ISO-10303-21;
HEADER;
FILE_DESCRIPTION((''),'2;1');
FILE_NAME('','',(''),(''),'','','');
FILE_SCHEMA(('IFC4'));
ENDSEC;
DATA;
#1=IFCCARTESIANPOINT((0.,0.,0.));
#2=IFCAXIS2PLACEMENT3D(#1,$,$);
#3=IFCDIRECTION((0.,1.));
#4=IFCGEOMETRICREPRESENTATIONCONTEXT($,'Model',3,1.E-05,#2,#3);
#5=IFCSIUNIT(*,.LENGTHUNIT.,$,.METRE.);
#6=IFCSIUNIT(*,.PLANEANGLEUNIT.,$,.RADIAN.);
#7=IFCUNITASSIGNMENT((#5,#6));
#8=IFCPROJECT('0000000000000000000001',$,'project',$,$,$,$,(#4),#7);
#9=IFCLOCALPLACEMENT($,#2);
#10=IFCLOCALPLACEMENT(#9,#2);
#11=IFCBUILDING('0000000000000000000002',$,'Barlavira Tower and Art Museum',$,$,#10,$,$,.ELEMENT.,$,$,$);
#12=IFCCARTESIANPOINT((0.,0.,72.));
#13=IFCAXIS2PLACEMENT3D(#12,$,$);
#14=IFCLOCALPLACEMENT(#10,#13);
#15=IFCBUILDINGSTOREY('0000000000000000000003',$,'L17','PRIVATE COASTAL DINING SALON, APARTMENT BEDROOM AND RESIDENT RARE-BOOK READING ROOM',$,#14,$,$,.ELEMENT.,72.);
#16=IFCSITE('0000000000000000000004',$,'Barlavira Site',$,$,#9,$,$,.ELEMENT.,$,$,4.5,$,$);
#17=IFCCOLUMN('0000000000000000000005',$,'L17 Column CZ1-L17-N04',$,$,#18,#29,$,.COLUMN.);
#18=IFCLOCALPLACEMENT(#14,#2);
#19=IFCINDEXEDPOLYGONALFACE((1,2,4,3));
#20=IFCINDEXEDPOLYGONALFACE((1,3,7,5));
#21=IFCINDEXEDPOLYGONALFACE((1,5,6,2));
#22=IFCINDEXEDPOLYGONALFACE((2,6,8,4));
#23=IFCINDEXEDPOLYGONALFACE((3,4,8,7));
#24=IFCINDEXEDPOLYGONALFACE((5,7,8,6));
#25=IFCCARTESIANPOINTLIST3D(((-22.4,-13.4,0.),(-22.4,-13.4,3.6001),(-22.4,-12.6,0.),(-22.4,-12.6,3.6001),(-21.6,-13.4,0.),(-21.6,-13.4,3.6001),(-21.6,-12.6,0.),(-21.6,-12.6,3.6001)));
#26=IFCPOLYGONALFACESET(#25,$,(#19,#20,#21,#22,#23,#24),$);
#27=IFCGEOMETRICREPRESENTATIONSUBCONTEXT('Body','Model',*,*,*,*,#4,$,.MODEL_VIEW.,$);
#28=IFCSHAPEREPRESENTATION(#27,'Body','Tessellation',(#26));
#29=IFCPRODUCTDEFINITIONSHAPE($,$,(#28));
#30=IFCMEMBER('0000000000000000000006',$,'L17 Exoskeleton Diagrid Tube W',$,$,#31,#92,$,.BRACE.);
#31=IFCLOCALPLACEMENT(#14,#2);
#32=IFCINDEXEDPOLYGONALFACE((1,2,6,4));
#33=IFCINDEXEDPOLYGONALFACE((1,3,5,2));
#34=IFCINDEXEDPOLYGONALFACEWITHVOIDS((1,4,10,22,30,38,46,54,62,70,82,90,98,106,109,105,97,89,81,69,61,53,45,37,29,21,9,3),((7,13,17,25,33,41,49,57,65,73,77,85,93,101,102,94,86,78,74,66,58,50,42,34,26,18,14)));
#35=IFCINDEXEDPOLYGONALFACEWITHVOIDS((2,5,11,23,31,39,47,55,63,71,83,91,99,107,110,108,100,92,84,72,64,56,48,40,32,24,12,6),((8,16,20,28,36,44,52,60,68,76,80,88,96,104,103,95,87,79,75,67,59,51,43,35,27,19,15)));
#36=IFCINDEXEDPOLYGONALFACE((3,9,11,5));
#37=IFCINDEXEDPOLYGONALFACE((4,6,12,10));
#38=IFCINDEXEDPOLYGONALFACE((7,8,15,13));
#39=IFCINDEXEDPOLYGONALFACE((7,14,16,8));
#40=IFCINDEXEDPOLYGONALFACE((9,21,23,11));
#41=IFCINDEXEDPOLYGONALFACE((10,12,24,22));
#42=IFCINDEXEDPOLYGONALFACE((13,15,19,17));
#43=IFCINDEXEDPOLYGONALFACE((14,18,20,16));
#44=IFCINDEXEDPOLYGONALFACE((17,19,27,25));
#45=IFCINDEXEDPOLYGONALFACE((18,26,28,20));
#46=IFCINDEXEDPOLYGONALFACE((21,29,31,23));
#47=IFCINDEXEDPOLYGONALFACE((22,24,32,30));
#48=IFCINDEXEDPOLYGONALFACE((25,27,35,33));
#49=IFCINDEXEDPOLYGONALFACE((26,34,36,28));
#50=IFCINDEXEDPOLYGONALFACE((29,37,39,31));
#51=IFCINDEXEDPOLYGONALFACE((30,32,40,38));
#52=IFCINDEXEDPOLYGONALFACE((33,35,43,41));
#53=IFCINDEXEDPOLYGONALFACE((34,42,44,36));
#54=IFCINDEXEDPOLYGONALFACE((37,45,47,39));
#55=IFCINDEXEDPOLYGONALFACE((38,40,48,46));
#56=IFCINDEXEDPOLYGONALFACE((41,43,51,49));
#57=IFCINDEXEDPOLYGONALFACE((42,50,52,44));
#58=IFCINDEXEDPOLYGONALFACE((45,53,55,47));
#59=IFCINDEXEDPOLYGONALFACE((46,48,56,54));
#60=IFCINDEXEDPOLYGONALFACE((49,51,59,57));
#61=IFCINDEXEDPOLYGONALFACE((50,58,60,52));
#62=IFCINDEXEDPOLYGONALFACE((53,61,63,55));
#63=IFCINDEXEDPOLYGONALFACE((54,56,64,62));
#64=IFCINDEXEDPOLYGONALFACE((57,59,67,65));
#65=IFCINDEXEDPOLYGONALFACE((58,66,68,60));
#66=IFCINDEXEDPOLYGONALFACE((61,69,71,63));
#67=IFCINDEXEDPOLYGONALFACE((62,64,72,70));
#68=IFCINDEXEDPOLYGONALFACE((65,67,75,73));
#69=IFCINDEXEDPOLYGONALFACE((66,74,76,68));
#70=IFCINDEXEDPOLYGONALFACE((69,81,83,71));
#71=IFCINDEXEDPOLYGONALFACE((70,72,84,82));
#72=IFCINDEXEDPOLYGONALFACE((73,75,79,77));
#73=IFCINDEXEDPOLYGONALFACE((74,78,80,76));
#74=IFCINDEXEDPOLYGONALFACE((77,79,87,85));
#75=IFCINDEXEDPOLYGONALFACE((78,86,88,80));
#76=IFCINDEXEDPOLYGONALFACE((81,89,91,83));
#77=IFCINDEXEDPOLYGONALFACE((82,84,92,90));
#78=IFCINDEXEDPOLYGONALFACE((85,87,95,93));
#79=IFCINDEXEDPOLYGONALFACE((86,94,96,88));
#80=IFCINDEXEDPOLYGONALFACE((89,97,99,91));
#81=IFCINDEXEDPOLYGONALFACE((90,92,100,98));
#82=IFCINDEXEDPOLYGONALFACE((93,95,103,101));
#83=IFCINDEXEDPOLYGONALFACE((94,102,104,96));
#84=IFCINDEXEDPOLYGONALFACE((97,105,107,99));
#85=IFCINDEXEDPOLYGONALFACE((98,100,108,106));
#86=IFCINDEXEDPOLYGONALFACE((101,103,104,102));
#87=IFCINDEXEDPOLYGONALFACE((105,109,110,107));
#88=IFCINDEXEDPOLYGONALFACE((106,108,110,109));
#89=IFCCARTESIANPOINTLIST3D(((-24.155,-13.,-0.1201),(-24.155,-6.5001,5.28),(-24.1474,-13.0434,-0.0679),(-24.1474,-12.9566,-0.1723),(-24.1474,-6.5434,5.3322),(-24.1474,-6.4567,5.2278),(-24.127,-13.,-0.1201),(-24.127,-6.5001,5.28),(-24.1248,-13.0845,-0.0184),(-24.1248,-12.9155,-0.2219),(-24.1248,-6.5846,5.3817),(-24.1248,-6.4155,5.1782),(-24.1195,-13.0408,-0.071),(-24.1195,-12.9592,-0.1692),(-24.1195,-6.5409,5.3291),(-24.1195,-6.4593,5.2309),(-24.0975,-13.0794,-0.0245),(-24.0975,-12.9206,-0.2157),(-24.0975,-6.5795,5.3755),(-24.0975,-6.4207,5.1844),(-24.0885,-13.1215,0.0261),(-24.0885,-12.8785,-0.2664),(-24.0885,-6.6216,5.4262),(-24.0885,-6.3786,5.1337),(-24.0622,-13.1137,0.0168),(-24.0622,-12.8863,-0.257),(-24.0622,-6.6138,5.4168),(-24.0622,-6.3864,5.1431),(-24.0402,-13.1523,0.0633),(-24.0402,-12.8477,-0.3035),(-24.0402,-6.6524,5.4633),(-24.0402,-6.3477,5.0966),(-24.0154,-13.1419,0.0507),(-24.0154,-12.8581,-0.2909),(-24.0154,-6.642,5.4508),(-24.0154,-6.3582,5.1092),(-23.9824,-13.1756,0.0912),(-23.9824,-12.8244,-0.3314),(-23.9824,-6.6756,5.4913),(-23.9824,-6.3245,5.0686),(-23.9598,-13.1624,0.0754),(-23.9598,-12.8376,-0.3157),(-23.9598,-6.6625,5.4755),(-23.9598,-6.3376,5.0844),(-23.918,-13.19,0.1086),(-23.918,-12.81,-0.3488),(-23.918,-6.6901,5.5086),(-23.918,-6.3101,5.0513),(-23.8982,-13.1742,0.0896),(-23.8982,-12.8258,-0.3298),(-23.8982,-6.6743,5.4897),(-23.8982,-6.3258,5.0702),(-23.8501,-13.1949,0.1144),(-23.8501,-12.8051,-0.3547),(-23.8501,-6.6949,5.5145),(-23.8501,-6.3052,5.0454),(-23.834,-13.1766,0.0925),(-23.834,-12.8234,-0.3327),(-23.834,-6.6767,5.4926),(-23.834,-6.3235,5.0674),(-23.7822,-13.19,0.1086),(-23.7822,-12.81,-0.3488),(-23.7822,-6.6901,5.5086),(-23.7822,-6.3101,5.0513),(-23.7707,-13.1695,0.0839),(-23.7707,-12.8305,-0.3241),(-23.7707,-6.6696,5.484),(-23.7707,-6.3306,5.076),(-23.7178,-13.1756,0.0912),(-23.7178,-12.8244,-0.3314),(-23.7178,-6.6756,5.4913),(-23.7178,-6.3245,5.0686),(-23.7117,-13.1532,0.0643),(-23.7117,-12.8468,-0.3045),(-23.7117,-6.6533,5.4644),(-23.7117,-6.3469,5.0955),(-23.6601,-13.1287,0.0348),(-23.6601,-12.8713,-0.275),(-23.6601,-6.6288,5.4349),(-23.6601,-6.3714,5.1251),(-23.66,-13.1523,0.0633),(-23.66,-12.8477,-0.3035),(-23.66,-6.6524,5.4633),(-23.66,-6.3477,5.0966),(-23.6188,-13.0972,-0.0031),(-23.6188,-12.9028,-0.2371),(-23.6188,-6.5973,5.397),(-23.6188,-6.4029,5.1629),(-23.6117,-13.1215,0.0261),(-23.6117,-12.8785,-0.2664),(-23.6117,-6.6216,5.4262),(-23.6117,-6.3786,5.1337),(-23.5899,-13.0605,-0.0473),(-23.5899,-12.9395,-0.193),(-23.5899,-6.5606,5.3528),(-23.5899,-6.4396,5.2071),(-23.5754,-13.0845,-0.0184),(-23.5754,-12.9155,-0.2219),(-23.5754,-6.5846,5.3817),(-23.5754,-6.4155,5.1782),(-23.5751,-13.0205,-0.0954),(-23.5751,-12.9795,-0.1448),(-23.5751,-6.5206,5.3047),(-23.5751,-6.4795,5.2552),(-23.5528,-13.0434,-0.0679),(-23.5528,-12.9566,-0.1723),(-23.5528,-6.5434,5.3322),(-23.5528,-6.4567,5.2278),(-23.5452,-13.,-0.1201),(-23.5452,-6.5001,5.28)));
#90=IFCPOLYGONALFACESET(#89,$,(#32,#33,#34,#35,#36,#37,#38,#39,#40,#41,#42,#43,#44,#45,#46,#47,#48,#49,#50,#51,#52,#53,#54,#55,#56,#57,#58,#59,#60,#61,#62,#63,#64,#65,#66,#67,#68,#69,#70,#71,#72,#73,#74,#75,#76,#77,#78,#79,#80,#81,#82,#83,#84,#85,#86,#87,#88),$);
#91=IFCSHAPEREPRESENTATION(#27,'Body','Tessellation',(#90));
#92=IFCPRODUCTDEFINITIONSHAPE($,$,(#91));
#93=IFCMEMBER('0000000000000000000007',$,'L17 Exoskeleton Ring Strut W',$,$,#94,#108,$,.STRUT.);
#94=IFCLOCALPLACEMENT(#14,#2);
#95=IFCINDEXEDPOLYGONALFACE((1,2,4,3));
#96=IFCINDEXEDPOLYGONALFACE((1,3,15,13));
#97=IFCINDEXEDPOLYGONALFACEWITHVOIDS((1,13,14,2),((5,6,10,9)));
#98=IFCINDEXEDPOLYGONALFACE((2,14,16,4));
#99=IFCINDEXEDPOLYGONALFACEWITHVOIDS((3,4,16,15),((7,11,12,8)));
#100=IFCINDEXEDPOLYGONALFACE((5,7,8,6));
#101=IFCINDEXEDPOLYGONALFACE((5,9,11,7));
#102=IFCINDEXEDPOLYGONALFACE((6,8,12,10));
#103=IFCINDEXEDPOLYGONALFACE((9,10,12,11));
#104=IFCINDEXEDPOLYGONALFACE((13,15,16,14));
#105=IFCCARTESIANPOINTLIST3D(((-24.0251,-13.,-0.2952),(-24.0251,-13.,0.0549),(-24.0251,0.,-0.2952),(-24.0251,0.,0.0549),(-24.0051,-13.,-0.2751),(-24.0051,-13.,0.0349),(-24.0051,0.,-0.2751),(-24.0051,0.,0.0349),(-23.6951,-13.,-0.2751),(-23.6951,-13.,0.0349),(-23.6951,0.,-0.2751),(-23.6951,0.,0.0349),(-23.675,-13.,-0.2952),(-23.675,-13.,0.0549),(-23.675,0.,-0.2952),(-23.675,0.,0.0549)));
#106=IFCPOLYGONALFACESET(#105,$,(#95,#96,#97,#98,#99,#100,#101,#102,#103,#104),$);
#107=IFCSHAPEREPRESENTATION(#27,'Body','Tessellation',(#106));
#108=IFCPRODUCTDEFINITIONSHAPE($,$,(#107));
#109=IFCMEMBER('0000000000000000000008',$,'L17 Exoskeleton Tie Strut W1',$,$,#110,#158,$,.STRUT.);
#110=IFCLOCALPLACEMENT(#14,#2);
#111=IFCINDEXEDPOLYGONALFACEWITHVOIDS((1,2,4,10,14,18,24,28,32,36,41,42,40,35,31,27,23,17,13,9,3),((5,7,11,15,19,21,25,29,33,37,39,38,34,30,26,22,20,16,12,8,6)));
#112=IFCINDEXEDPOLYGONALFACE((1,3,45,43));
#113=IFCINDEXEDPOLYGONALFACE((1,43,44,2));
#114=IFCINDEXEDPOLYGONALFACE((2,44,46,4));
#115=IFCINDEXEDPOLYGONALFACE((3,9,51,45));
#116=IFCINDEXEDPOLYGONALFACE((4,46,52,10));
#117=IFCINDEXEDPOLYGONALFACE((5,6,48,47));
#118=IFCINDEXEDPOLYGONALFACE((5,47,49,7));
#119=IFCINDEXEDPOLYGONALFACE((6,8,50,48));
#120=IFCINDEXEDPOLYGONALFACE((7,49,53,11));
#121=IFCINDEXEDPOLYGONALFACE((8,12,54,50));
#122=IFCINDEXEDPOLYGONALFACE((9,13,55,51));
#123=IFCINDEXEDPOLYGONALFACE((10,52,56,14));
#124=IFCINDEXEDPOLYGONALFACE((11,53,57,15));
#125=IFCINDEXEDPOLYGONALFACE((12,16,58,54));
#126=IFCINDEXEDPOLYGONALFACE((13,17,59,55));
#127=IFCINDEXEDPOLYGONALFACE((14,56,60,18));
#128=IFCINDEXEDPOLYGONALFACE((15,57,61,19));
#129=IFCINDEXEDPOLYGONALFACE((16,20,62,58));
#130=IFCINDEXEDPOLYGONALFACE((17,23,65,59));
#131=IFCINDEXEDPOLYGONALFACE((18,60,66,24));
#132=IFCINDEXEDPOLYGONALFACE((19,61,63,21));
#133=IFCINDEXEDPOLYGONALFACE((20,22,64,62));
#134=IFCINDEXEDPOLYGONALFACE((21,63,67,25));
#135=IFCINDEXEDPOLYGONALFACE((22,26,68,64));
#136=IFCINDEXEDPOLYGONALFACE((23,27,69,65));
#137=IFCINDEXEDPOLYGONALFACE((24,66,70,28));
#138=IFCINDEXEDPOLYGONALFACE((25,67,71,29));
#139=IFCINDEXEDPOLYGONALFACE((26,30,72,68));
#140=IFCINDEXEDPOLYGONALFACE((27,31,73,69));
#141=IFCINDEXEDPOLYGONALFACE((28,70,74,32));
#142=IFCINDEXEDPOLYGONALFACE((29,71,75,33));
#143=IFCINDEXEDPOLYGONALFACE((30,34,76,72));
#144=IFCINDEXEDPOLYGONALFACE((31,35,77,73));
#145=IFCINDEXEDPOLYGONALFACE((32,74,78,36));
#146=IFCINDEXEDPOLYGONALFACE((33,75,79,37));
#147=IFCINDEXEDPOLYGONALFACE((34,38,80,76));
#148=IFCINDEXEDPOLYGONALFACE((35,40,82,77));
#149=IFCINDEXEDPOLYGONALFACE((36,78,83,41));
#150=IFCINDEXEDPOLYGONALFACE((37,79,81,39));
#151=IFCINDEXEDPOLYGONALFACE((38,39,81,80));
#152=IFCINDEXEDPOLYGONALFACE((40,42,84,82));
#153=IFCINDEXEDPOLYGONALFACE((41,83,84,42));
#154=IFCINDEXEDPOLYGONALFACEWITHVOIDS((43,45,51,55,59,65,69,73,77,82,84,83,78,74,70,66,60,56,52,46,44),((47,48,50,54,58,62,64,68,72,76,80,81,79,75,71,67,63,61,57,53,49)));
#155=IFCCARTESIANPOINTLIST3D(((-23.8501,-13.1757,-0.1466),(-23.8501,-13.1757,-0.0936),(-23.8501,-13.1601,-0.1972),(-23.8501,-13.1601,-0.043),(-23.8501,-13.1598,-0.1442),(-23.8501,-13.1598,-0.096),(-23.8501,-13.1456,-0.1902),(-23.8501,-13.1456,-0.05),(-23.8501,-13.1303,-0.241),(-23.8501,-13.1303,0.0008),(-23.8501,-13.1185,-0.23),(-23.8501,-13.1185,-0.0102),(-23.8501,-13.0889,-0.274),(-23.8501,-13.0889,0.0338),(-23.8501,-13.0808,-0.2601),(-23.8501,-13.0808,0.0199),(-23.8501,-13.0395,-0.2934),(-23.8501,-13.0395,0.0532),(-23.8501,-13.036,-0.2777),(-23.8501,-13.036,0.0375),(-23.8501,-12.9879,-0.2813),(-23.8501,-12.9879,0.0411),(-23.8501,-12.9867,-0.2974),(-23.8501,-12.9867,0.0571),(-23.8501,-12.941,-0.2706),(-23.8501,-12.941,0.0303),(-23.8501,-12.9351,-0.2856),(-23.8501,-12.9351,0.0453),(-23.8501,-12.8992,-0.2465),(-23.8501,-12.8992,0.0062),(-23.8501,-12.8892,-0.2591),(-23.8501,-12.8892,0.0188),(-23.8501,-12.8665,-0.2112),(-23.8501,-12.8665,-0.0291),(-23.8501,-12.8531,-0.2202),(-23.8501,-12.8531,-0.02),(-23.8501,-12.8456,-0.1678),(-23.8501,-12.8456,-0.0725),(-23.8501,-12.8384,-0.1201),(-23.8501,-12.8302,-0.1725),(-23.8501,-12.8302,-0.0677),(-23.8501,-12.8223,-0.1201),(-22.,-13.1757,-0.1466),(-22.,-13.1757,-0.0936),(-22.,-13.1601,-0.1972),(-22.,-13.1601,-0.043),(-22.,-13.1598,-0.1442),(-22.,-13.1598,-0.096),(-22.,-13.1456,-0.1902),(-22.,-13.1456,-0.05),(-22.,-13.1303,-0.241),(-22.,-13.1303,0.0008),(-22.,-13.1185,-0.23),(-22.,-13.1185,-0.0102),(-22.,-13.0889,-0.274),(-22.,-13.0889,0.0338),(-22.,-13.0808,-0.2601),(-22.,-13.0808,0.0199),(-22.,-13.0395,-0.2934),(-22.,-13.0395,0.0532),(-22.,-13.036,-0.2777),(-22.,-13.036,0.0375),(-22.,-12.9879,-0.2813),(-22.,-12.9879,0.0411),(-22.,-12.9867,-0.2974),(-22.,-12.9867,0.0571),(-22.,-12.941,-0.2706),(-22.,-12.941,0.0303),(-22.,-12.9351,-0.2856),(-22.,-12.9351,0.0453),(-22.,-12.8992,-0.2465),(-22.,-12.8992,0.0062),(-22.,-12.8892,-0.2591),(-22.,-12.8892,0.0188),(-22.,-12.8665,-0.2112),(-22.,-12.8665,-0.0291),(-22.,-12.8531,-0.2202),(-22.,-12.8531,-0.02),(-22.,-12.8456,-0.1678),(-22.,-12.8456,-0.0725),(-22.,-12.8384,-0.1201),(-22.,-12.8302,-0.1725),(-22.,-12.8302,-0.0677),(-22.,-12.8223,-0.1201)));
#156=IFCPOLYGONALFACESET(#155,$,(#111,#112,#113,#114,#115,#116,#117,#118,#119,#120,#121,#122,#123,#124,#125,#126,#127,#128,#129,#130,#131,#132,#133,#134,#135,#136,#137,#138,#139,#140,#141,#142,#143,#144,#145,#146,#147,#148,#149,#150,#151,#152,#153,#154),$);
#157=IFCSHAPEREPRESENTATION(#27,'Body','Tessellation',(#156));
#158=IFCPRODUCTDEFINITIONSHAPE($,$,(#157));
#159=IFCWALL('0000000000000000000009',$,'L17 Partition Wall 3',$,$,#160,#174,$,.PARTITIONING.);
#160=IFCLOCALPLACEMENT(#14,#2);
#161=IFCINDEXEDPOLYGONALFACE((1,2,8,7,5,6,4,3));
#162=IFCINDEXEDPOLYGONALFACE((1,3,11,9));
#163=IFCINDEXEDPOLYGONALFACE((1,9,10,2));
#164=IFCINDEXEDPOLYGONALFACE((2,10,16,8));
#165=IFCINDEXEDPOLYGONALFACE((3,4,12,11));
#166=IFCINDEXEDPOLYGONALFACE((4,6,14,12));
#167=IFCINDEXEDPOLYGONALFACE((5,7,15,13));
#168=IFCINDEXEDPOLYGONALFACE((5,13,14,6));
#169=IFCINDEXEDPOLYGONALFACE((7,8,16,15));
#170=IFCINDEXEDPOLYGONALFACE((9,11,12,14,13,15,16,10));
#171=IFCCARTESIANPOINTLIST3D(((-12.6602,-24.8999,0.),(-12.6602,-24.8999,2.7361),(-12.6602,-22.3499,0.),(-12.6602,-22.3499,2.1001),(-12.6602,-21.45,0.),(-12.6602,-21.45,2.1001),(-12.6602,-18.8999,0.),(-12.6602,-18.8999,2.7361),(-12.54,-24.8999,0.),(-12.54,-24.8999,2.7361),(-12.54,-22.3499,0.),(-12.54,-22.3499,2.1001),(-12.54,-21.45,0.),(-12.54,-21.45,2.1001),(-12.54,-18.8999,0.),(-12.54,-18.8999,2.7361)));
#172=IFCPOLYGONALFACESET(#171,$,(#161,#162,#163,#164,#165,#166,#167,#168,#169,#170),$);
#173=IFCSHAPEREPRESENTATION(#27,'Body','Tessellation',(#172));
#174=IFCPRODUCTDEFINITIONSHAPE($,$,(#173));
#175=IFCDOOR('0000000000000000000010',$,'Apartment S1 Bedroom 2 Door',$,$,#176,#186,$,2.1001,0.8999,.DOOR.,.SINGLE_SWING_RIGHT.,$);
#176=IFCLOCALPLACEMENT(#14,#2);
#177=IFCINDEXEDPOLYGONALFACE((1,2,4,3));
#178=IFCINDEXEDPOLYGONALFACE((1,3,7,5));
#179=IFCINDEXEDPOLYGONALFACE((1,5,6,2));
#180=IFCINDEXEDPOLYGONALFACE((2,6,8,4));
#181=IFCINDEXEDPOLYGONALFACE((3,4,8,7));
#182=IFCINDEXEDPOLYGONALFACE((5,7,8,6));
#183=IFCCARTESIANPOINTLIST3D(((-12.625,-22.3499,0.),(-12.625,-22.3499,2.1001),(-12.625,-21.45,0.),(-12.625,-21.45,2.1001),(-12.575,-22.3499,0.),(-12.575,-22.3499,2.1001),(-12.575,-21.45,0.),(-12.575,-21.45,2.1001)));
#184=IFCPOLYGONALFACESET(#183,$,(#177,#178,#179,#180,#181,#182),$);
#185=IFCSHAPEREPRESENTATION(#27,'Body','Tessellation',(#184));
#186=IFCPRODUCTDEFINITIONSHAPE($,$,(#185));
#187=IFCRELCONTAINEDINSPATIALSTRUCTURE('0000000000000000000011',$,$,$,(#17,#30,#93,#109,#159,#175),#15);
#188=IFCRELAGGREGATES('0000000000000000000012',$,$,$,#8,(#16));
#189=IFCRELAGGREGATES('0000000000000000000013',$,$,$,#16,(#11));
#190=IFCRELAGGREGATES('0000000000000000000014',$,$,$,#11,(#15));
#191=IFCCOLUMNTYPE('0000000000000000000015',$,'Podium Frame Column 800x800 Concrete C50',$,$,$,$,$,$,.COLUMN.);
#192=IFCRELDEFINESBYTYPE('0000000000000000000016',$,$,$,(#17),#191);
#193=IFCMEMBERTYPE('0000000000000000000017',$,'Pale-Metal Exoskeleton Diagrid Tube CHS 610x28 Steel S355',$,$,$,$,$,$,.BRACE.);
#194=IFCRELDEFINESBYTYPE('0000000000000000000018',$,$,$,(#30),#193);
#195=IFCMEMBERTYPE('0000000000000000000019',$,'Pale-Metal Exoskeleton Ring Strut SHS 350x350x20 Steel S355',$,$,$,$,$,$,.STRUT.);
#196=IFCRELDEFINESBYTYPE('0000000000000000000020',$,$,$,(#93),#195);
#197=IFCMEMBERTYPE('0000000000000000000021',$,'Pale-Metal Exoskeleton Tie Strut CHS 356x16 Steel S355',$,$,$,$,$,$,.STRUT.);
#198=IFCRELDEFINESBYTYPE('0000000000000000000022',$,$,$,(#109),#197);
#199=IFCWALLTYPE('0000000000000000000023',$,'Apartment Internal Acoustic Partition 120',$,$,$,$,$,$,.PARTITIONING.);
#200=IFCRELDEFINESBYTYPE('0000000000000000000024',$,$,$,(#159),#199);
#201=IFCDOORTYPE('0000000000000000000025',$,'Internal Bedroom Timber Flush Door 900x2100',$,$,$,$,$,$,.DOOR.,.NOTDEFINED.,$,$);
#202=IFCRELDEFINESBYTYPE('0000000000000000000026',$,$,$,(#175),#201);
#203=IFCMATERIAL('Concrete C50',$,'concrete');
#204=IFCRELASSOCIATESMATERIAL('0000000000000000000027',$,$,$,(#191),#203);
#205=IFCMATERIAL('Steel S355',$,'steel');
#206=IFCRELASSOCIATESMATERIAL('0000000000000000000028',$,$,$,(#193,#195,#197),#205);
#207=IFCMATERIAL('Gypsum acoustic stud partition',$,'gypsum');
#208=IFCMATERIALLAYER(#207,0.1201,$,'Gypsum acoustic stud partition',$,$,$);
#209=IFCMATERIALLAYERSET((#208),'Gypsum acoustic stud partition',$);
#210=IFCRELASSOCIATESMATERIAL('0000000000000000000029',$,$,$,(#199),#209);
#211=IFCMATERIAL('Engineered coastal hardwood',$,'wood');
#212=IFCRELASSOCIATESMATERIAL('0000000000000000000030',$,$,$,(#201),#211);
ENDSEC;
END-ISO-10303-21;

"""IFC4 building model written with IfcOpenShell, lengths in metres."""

from ifc_helpers import new_model, si_unit, direction, frame, frame_2d, origin, origin_2d, place, context, subcontext, project, spatial, rectangle, hollow_rectangle, hollow_circle, extrude, material, layer, layer_set, material_profile, profile_set, type_object, element, fill, save


model = new_model("IFC4")

# Units and contexts
model_context = context("Model", 3, precision=1e-05, world=origin(), true_north=direction((0.0, 1.0)))
body_context = subcontext(model_context, "Body", "Model", "MODEL_VIEW")
ifc_project = project(units=[si_unit("LENGTHUNIT", "METRE"), si_unit("PLANEANGLEUNIT", "RADIAN")], contexts=[model_context])

# Site, building, storey
site_placement = place(None, origin())
site = spatial("IfcSite", under=ifc_project, at=site_placement, Name="Barlavira Site", CompositionType="ELEMENT", RefElevation=4.5)
building_placement = place(site_placement, origin())
building = spatial("IfcBuilding", under=site, at=building_placement, Name="Barlavira Tower and Art Museum", CompositionType="ELEMENT")
storey_placement = place(building_placement, frame((0.0, 0.0, 72.0)))
storey = spatial("IfcBuildingStorey", under=building, at=storey_placement, Name="L17", Description="PRIVATE COASTAL DINING SALON, APARTMENT BEDROOM AND RESIDENT RARE-BOOK READING ROOM", CompositionType="ELEMENT", Elevation=72.0)

# Column
ifc_material_1 = material(Name="Concrete C50", Category="concrete")
ifc_material_profile_1 = material_profile(ifc_material_1, rectangle(XDim=0.8, YDim=0.8, at=origin_2d()), Name="RC-COL 800x800")
ifc_profile_set_1 = profile_set([ifc_material_profile_1], Name="Concrete C50")
column_type = type_object("IfcColumnType", Name="Podium Frame Column 800x800 Concrete C50", PredefinedType="COLUMN", material=ifc_profile_set_1)
column_placement = place(storey_placement, frame((-22.0, -13.0, 0.0), z_axis=(0.0, 0.0, 1.0), x_axis=(1.0, 0.0, 0.0)))
element("IfcColumn", 1, at=column_placement, inside=storey, type_object=column_type, Name="L17 Column CZ1-L17-N04", PredefinedType="COLUMN", context=body_context, shape_type="SweptSolid", body=[
    extrude(rectangle(XDim=0.8, YDim=0.8, at=origin_2d()), origin(), (0.0, 0.0, 1.0), 3.6001),
])

# Members
ifc_material_2 = material(Name="Steel S355", Category="steel")
ifc_material_profile_2 = material_profile(ifc_material_2, hollow_circle(Radius=0.3049, WallThickness=0.0281, at=origin_2d()), Name="CHS 610.0x28.0")
ifc_profile_set_2 = profile_set([ifc_material_profile_2], Name="Steel S355")
member_type_1 = type_object("IfcMemberType", Name="Pale-Metal Exoskeleton Diagrid Tube CHS 610x28 Steel S355", PredefinedType="BRACE", material=ifc_profile_set_2)
member_1_placement = place(storey_placement, frame((-23.8501, -13.0, -0.1201), z_axis=(0.0, 0.769182, 0.63903), x_axis=(-1.0, 0.0, 0.0)))
element("IfcMember", 2, at=member_1_placement, inside=storey, type_object=member_type_1, Name="L17 Exoskeleton Diagrid Tube W", PredefinedType="BRACE", context=body_context, shape_type="SweptSolid", body=[
    extrude(hollow_circle(Radius=0.3049, WallThickness=0.0281, at=origin_2d()), origin(), (0.0, 0.0, 1.0), 8.4504),
])
ifc_material_profile_3 = material_profile(ifc_material_2, hollow_rectangle(XDim=0.3501, YDim=0.3501, WallThickness=0.02, at=origin_2d()), Name="SHS 350x350x20.0")
ifc_profile_set_3 = profile_set([ifc_material_profile_3], Name="Steel S355")
member_type_2 = type_object("IfcMemberType", Name="Pale-Metal Exoskeleton Ring Strut SHS 350x350x20 Steel S355", PredefinedType="STRUT", material=ifc_profile_set_3)
member_2_placement = place(storey_placement, frame((-23.8501, -13.0, -0.1201), z_axis=(0.0, 1.0, 0.0), x_axis=(-1.0, 0.0, 0.0)))
element("IfcMember", 3, at=member_2_placement, inside=storey, type_object=member_type_2, Name="L17 Exoskeleton Ring Strut W", PredefinedType="STRUT", context=body_context, shape_type="SweptSolid", body=[
    extrude(hollow_rectangle(XDim=0.3501, YDim=0.3501, WallThickness=0.02, at=origin_2d()), origin(), (0.0, 0.0, 1.0), 13.0),
])
ifc_material_profile_4 = material_profile(ifc_material_2, hollow_circle(Radius=0.1777, WallThickness=0.0161, at=origin_2d()), Name="CHS 355.6x16.0")
ifc_profile_set_4 = profile_set([ifc_material_profile_4], Name="Steel S355")
member_type_3 = type_object("IfcMemberType", Name="Pale-Metal Exoskeleton Tie Strut CHS 356x16 Steel S355", PredefinedType="STRUT", material=ifc_profile_set_4)
member_3_placement = place(storey_placement, frame((-23.8501, -13.0, -0.1201), z_axis=(1.0, 0.0, 0.0), x_axis=(0.0, 1.0, 0.0)))
element("IfcMember", 4, at=member_3_placement, inside=storey, type_object=member_type_3, Name="L17 Exoskeleton Tie Strut W1", PredefinedType="STRUT", context=body_context, shape_type="SweptSolid", body=[
    extrude(hollow_circle(Radius=0.1777, WallThickness=0.0161, at=origin_2d()), origin(), (0.0, 0.0, 1.0), 1.8501),
])

# Wall, opening, door
ifc_material_3 = material(Name="Gypsum acoustic stud partition", Category="gypsum")
ifc_layer_1 = layer(ifc_material_3, 0.1201, Name="Gypsum acoustic stud partition")
ifc_layer_set_1 = layer_set([ifc_layer_1], Name="Gypsum acoustic stud partition")
wall_type_1 = type_object("IfcWallType", Name="Apartment Internal Acoustic Partition 120", PredefinedType="PARTITIONING", material=ifc_layer_set_1)
wall_1_placement = place(storey_placement, frame((-12.6001, -24.8999, 0.0), z_axis=(0.0, 0.0, 1.0), x_axis=(0.0, 1.0, 0.0)))
wall_1 = element("IfcWall", 5, at=wall_1_placement, inside=storey, type_object=wall_type_1, Name="L17 Partition Wall 3", PredefinedType="PARTITIONING", context=body_context, shape_type="SweptSolid", body=[
    extrude(rectangle(XDim=6.0, YDim=0.1201, at=frame_2d((3.0, 0.0))), origin(), (0.0, 0.0, 1.0), 2.7361),
])
opening_1_placement = place(wall_1_placement, frame((2.55, 0.0, 0.0)))
opening_1 = element("IfcOpeningElement", 6, at=opening_1_placement, cuts=wall_1, PredefinedType="OPENING", context=body_context, shape_type="SweptSolid", body=[
    extrude(rectangle(XDim=0.8999, YDim=2.1001, at=frame_2d((0.45, 1.05))), frame((0.0, 0.0701, 0.0), z_axis=(0.0, -1.0, 0.0), x_axis=(1.0, 0.0, 0.0)), (0.0, 0.0, 1.0), 0.1401),
])
ifc_material_4 = material(Name="Engineered coastal hardwood", Category="wood")
door_type = type_object("IfcDoorType", Name="Internal Bedroom Timber Flush Door 900x2100", OperationType="NOTDEFINED", PredefinedType="DOOR", material=ifc_material_4)
door_placement = place(opening_1_placement, origin())
door = element("IfcDoor", 7, at=door_placement, inside=storey, type_object=door_type, Name="Apartment S1 Bedroom 2 Door", OperationType="SINGLE_SWING_RIGHT", OverallHeight=2.1001, OverallWidth=0.8999, PredefinedType="DOOR", context=body_context, shape_type="SweptSolid", body=[
    extrude(rectangle(XDim=0.8999, YDim=2.1001, at=frame_2d((0.45, 1.05))), frame((0.0, 0.0249, 0.0), z_axis=(0.0, -1.0, 0.0), x_axis=(1.0, 0.0, 0.0)), (0.0, 0.0, 1.0), 0.05),
])
fill(opening_1, door)

save(model, "model.ifc")
